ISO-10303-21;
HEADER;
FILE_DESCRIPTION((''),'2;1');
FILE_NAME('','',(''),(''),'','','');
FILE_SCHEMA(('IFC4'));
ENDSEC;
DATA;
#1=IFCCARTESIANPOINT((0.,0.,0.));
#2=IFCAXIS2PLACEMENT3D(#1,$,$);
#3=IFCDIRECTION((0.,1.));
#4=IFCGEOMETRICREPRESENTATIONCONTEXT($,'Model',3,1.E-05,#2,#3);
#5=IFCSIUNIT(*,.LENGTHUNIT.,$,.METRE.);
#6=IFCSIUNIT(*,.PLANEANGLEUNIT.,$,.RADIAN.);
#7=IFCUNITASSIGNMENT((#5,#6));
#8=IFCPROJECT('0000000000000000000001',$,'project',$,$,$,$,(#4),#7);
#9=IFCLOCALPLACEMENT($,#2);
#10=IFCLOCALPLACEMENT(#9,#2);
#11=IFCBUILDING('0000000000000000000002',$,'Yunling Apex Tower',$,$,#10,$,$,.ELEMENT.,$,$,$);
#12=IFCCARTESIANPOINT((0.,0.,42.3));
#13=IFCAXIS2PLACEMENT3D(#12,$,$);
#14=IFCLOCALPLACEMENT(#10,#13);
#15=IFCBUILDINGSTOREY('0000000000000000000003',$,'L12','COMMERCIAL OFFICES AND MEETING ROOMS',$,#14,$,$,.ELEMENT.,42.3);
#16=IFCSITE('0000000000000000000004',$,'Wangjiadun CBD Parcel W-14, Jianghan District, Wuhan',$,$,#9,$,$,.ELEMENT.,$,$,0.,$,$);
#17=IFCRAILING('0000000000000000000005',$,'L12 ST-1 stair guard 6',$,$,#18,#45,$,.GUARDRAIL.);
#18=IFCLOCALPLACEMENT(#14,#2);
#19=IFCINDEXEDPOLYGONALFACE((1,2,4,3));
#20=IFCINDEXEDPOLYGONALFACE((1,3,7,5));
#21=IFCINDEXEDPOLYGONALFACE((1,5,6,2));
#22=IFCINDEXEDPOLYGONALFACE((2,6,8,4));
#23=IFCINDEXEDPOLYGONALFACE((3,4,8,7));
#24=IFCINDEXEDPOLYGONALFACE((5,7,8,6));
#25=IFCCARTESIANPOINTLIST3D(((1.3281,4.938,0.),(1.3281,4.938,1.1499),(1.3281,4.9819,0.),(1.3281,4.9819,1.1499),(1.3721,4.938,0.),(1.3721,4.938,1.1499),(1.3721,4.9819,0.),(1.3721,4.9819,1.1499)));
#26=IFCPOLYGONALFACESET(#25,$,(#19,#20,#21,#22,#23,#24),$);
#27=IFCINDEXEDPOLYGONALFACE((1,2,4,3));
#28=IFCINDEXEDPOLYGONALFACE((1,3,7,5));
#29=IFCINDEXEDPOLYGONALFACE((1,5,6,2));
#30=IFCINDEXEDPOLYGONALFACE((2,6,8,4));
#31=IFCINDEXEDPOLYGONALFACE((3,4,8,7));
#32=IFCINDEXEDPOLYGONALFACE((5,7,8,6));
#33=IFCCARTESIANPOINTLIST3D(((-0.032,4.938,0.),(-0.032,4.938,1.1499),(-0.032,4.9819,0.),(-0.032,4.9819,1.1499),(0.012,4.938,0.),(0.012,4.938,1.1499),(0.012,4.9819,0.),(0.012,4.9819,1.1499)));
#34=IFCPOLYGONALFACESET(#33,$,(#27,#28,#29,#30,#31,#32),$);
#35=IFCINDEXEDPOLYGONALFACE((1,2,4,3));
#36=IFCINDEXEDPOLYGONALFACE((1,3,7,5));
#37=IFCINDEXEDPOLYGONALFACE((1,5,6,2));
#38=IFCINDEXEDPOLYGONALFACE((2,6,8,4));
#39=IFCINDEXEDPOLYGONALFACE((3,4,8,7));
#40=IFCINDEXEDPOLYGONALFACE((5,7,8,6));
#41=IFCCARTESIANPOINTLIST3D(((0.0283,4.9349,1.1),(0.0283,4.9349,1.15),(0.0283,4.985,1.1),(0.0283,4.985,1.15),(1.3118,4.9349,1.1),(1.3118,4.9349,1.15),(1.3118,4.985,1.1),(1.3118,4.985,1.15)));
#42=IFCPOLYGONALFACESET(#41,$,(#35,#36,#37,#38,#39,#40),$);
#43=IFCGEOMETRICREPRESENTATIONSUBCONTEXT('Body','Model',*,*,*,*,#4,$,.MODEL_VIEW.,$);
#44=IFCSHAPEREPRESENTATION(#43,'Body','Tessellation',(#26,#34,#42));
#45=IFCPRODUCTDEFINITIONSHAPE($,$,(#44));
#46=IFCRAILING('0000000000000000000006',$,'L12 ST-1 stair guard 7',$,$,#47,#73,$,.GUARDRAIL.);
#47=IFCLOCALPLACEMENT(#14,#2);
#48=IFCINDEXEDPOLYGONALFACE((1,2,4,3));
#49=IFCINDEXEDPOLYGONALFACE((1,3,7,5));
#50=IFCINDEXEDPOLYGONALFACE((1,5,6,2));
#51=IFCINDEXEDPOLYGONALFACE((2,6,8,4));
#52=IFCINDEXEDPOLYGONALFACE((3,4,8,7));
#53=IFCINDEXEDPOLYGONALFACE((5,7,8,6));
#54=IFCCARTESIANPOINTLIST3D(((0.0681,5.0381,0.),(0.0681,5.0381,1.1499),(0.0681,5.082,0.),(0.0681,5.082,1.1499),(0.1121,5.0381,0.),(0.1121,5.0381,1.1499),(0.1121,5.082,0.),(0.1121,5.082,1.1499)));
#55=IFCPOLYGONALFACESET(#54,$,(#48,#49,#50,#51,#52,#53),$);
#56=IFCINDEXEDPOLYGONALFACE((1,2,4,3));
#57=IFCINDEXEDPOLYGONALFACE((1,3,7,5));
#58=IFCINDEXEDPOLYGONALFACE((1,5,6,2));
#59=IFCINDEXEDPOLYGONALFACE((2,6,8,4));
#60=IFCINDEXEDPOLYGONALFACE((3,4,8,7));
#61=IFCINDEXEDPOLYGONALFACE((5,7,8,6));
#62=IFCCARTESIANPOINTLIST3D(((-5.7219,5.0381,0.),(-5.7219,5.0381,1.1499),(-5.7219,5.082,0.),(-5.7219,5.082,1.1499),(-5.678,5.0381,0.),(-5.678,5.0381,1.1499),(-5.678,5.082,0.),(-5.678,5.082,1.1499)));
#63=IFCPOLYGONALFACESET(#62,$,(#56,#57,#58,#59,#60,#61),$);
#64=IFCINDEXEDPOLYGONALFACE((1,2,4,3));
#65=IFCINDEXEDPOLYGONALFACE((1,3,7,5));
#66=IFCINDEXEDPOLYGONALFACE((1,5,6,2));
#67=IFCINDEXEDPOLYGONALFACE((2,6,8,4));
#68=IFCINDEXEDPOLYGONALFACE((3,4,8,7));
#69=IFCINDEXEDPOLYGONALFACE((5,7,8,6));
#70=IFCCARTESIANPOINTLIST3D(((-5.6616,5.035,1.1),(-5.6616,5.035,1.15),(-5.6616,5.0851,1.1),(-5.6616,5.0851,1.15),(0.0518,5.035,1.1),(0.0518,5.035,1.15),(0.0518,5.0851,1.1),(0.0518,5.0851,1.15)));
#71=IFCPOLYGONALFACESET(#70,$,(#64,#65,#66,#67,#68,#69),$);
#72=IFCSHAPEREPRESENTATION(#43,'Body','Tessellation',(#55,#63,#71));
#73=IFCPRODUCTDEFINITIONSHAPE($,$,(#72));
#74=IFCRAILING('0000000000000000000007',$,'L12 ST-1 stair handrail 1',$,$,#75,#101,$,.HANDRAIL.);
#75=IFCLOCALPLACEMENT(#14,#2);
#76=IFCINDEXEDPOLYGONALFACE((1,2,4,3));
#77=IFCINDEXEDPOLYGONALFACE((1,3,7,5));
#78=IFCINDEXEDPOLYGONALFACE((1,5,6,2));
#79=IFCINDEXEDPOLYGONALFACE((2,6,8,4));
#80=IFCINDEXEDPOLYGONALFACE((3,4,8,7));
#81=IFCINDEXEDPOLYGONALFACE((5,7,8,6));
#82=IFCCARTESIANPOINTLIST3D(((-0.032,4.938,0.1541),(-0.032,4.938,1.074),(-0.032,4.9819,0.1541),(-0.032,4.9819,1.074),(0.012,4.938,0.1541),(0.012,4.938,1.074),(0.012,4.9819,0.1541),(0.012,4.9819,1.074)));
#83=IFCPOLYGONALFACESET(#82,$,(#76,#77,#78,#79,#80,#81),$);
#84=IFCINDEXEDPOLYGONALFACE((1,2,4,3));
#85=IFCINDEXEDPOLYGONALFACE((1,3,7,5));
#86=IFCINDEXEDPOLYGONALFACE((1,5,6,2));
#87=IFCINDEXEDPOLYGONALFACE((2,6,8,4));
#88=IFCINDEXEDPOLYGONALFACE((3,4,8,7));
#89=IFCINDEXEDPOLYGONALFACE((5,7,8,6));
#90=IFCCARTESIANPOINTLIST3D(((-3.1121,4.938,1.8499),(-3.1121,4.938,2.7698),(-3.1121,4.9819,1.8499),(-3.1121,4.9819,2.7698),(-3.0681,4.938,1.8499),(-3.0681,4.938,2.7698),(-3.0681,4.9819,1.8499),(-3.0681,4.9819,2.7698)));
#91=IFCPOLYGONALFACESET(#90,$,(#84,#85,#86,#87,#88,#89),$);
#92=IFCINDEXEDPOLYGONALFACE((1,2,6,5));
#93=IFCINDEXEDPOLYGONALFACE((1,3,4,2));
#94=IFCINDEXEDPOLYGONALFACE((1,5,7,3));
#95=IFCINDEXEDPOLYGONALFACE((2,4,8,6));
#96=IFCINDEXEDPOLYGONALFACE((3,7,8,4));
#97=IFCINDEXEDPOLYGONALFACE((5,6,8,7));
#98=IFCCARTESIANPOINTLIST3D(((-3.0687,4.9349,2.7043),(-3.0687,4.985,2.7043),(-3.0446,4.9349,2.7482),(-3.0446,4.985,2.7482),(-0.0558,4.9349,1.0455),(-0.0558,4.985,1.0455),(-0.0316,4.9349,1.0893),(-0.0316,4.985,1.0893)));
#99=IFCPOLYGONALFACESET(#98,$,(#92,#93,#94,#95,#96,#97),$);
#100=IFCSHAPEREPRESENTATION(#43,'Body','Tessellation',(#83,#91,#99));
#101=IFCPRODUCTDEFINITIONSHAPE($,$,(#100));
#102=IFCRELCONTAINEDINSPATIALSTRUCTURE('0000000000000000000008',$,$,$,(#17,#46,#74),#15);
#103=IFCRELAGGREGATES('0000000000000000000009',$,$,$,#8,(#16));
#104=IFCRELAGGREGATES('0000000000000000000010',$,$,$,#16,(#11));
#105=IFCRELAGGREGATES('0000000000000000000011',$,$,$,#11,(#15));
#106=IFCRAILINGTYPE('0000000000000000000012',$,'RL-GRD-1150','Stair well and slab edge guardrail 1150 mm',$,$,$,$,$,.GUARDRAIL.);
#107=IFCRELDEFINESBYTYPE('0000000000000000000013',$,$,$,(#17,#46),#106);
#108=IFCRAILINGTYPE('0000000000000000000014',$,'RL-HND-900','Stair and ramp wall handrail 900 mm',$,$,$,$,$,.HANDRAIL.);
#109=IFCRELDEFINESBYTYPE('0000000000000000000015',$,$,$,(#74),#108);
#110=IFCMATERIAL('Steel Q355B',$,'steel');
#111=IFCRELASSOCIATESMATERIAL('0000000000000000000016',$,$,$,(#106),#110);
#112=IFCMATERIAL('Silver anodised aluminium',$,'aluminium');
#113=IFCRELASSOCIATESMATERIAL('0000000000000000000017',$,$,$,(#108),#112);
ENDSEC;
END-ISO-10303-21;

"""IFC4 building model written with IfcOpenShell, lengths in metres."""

from ifc_helpers import new_model, si_unit, direction, frame, origin, origin_2d, place, context, subcontext, project, spatial, rectangle, extrude, material, type_object, element, save


model = new_model("IFC4")

# Units and contexts
model_context = context("Model", 3, precision=1e-05, world=origin(), true_north=direction((0.0, 1.0)))
body_context = subcontext(model_context, "Body", "Model", "MODEL_VIEW")
ifc_project = project(units=[si_unit("LENGTHUNIT", "METRE"), si_unit("PLANEANGLEUNIT", "RADIAN")], contexts=[model_context])

# Site, building, storey
site_placement = place(None, origin())
site = spatial("IfcSite", under=ifc_project, at=site_placement, Name="Wangjiadun CBD Parcel W-14, Jianghan District, Wuhan", CompositionType="ELEMENT", RefElevation=0.0)
building_placement = place(site_placement, origin())
building = spatial("IfcBuilding", under=site, at=building_placement, Name="Yunling Apex Tower", CompositionType="ELEMENT")
storey_placement = place(building_placement, frame((0.0, 0.0, 42.3)))
storey = spatial("IfcBuildingStorey", under=building, at=storey_placement, Name="L12", Description="COMMERCIAL OFFICES AND MEETING ROOMS", CompositionType="ELEMENT", Elevation=42.3)

# Shared definitions
ifc_material_1 = material(Name="Steel Q355B", Category="steel")

# Railings
railing_type_1 = type_object("IfcRailingType", Name="RL-GRD-1150", Description="Stair well and slab edge guardrail 1150 mm", PredefinedType="GUARDRAIL", material=ifc_material_1)
railing_1_placement = place(storey_placement, frame((1.3501, 4.96, 0.0)))
element("IfcRailing", 1, at=railing_1_placement, inside=storey, type_object=railing_type_1, Name="L12 ST-1 stair guard 6", PredefinedType="GUARDRAIL", context=body_context, shape_type="SweptSolid", body=[
    extrude(rectangle(XDim=0.0439, YDim=0.0439, at=origin_2d()), origin(), (0.0, 0.0, 1.0), 1.1499),
    extrude(rectangle(XDim=0.0439, YDim=0.0439, at=origin_2d()), frame((-1.3601, 0.0, 0.0)), (0.0, 0.0, 1.0), 1.1499),
    extrude(rectangle(XDim=0.05, YDim=0.05, at=origin_2d()), frame((-0.0383, 0.0, 1.125), z_axis=(-1.0, 0.0, 0.0), x_axis=(0.0, -1.0, 0.0)), (0.0, 0.0, 1.0), 1.2834),
])
railing_2_placement = place(storey_placement, frame((0.0901, 5.0601, 0.0)))
element("IfcRailing", 2, at=railing_2_placement, inside=storey, type_object=railing_type_1, Name="L12 ST-1 stair guard 7", PredefinedType="GUARDRAIL", context=body_context, shape_type="SweptSolid", body=[
    extrude(rectangle(XDim=0.0439, YDim=0.0439, at=origin_2d()), origin(), (0.0, 0.0, 1.0), 1.1499),
    extrude(rectangle(XDim=0.0439, YDim=0.0439, at=origin_2d()), frame((-5.79, 0.0, 0.0)), (0.0, 0.0, 1.0), 1.1499),
    extrude(rectangle(XDim=0.05, YDim=0.05, at=origin_2d()), frame((-0.0383, 0.0, 1.125), z_axis=(-1.0, 0.0, 0.0), x_axis=(0.0, -1.0, 0.0)), (0.0, 0.0, 1.0), 5.7134),
])
ifc_material_2 = material(Name="Silver anodised aluminium", Category="aluminium")
railing_type_2 = type_object("IfcRailingType", Name="RL-HND-900", Description="Stair and ramp wall handrail 900 mm", PredefinedType="HANDRAIL", material=ifc_material_2)
railing_3_placement = place(storey_placement, frame((-0.01, 4.96, 0.1541)))
element("IfcRailing", 3, at=railing_3_placement, inside=storey, type_object=railing_type_2, Name="L12 ST-1 stair handrail 1", PredefinedType="HANDRAIL", context=body_context, shape_type="SweptSolid", body=[
    extrude(rectangle(XDim=0.0439, YDim=0.0439, at=origin_2d()), origin(), (0.0, 0.0, 1.0), 0.9199),
    extrude(rectangle(XDim=0.0439, YDim=0.0439, at=origin_2d()), frame((-3.0801, 0.0, 1.6958)), (0.0, 0.0, 1.0), 0.9199),
    extrude(rectangle(XDim=0.05, YDim=0.05, at=origin_2d()), frame((-0.0337, 0.0, 0.9133), z_axis=(-0.876005, 0.0, 0.482303), x_axis=(0.0, -1.0, 0.0)), (0.0, 0.0, 1.0), 3.4395),
])

save(model, "model.ifc")
